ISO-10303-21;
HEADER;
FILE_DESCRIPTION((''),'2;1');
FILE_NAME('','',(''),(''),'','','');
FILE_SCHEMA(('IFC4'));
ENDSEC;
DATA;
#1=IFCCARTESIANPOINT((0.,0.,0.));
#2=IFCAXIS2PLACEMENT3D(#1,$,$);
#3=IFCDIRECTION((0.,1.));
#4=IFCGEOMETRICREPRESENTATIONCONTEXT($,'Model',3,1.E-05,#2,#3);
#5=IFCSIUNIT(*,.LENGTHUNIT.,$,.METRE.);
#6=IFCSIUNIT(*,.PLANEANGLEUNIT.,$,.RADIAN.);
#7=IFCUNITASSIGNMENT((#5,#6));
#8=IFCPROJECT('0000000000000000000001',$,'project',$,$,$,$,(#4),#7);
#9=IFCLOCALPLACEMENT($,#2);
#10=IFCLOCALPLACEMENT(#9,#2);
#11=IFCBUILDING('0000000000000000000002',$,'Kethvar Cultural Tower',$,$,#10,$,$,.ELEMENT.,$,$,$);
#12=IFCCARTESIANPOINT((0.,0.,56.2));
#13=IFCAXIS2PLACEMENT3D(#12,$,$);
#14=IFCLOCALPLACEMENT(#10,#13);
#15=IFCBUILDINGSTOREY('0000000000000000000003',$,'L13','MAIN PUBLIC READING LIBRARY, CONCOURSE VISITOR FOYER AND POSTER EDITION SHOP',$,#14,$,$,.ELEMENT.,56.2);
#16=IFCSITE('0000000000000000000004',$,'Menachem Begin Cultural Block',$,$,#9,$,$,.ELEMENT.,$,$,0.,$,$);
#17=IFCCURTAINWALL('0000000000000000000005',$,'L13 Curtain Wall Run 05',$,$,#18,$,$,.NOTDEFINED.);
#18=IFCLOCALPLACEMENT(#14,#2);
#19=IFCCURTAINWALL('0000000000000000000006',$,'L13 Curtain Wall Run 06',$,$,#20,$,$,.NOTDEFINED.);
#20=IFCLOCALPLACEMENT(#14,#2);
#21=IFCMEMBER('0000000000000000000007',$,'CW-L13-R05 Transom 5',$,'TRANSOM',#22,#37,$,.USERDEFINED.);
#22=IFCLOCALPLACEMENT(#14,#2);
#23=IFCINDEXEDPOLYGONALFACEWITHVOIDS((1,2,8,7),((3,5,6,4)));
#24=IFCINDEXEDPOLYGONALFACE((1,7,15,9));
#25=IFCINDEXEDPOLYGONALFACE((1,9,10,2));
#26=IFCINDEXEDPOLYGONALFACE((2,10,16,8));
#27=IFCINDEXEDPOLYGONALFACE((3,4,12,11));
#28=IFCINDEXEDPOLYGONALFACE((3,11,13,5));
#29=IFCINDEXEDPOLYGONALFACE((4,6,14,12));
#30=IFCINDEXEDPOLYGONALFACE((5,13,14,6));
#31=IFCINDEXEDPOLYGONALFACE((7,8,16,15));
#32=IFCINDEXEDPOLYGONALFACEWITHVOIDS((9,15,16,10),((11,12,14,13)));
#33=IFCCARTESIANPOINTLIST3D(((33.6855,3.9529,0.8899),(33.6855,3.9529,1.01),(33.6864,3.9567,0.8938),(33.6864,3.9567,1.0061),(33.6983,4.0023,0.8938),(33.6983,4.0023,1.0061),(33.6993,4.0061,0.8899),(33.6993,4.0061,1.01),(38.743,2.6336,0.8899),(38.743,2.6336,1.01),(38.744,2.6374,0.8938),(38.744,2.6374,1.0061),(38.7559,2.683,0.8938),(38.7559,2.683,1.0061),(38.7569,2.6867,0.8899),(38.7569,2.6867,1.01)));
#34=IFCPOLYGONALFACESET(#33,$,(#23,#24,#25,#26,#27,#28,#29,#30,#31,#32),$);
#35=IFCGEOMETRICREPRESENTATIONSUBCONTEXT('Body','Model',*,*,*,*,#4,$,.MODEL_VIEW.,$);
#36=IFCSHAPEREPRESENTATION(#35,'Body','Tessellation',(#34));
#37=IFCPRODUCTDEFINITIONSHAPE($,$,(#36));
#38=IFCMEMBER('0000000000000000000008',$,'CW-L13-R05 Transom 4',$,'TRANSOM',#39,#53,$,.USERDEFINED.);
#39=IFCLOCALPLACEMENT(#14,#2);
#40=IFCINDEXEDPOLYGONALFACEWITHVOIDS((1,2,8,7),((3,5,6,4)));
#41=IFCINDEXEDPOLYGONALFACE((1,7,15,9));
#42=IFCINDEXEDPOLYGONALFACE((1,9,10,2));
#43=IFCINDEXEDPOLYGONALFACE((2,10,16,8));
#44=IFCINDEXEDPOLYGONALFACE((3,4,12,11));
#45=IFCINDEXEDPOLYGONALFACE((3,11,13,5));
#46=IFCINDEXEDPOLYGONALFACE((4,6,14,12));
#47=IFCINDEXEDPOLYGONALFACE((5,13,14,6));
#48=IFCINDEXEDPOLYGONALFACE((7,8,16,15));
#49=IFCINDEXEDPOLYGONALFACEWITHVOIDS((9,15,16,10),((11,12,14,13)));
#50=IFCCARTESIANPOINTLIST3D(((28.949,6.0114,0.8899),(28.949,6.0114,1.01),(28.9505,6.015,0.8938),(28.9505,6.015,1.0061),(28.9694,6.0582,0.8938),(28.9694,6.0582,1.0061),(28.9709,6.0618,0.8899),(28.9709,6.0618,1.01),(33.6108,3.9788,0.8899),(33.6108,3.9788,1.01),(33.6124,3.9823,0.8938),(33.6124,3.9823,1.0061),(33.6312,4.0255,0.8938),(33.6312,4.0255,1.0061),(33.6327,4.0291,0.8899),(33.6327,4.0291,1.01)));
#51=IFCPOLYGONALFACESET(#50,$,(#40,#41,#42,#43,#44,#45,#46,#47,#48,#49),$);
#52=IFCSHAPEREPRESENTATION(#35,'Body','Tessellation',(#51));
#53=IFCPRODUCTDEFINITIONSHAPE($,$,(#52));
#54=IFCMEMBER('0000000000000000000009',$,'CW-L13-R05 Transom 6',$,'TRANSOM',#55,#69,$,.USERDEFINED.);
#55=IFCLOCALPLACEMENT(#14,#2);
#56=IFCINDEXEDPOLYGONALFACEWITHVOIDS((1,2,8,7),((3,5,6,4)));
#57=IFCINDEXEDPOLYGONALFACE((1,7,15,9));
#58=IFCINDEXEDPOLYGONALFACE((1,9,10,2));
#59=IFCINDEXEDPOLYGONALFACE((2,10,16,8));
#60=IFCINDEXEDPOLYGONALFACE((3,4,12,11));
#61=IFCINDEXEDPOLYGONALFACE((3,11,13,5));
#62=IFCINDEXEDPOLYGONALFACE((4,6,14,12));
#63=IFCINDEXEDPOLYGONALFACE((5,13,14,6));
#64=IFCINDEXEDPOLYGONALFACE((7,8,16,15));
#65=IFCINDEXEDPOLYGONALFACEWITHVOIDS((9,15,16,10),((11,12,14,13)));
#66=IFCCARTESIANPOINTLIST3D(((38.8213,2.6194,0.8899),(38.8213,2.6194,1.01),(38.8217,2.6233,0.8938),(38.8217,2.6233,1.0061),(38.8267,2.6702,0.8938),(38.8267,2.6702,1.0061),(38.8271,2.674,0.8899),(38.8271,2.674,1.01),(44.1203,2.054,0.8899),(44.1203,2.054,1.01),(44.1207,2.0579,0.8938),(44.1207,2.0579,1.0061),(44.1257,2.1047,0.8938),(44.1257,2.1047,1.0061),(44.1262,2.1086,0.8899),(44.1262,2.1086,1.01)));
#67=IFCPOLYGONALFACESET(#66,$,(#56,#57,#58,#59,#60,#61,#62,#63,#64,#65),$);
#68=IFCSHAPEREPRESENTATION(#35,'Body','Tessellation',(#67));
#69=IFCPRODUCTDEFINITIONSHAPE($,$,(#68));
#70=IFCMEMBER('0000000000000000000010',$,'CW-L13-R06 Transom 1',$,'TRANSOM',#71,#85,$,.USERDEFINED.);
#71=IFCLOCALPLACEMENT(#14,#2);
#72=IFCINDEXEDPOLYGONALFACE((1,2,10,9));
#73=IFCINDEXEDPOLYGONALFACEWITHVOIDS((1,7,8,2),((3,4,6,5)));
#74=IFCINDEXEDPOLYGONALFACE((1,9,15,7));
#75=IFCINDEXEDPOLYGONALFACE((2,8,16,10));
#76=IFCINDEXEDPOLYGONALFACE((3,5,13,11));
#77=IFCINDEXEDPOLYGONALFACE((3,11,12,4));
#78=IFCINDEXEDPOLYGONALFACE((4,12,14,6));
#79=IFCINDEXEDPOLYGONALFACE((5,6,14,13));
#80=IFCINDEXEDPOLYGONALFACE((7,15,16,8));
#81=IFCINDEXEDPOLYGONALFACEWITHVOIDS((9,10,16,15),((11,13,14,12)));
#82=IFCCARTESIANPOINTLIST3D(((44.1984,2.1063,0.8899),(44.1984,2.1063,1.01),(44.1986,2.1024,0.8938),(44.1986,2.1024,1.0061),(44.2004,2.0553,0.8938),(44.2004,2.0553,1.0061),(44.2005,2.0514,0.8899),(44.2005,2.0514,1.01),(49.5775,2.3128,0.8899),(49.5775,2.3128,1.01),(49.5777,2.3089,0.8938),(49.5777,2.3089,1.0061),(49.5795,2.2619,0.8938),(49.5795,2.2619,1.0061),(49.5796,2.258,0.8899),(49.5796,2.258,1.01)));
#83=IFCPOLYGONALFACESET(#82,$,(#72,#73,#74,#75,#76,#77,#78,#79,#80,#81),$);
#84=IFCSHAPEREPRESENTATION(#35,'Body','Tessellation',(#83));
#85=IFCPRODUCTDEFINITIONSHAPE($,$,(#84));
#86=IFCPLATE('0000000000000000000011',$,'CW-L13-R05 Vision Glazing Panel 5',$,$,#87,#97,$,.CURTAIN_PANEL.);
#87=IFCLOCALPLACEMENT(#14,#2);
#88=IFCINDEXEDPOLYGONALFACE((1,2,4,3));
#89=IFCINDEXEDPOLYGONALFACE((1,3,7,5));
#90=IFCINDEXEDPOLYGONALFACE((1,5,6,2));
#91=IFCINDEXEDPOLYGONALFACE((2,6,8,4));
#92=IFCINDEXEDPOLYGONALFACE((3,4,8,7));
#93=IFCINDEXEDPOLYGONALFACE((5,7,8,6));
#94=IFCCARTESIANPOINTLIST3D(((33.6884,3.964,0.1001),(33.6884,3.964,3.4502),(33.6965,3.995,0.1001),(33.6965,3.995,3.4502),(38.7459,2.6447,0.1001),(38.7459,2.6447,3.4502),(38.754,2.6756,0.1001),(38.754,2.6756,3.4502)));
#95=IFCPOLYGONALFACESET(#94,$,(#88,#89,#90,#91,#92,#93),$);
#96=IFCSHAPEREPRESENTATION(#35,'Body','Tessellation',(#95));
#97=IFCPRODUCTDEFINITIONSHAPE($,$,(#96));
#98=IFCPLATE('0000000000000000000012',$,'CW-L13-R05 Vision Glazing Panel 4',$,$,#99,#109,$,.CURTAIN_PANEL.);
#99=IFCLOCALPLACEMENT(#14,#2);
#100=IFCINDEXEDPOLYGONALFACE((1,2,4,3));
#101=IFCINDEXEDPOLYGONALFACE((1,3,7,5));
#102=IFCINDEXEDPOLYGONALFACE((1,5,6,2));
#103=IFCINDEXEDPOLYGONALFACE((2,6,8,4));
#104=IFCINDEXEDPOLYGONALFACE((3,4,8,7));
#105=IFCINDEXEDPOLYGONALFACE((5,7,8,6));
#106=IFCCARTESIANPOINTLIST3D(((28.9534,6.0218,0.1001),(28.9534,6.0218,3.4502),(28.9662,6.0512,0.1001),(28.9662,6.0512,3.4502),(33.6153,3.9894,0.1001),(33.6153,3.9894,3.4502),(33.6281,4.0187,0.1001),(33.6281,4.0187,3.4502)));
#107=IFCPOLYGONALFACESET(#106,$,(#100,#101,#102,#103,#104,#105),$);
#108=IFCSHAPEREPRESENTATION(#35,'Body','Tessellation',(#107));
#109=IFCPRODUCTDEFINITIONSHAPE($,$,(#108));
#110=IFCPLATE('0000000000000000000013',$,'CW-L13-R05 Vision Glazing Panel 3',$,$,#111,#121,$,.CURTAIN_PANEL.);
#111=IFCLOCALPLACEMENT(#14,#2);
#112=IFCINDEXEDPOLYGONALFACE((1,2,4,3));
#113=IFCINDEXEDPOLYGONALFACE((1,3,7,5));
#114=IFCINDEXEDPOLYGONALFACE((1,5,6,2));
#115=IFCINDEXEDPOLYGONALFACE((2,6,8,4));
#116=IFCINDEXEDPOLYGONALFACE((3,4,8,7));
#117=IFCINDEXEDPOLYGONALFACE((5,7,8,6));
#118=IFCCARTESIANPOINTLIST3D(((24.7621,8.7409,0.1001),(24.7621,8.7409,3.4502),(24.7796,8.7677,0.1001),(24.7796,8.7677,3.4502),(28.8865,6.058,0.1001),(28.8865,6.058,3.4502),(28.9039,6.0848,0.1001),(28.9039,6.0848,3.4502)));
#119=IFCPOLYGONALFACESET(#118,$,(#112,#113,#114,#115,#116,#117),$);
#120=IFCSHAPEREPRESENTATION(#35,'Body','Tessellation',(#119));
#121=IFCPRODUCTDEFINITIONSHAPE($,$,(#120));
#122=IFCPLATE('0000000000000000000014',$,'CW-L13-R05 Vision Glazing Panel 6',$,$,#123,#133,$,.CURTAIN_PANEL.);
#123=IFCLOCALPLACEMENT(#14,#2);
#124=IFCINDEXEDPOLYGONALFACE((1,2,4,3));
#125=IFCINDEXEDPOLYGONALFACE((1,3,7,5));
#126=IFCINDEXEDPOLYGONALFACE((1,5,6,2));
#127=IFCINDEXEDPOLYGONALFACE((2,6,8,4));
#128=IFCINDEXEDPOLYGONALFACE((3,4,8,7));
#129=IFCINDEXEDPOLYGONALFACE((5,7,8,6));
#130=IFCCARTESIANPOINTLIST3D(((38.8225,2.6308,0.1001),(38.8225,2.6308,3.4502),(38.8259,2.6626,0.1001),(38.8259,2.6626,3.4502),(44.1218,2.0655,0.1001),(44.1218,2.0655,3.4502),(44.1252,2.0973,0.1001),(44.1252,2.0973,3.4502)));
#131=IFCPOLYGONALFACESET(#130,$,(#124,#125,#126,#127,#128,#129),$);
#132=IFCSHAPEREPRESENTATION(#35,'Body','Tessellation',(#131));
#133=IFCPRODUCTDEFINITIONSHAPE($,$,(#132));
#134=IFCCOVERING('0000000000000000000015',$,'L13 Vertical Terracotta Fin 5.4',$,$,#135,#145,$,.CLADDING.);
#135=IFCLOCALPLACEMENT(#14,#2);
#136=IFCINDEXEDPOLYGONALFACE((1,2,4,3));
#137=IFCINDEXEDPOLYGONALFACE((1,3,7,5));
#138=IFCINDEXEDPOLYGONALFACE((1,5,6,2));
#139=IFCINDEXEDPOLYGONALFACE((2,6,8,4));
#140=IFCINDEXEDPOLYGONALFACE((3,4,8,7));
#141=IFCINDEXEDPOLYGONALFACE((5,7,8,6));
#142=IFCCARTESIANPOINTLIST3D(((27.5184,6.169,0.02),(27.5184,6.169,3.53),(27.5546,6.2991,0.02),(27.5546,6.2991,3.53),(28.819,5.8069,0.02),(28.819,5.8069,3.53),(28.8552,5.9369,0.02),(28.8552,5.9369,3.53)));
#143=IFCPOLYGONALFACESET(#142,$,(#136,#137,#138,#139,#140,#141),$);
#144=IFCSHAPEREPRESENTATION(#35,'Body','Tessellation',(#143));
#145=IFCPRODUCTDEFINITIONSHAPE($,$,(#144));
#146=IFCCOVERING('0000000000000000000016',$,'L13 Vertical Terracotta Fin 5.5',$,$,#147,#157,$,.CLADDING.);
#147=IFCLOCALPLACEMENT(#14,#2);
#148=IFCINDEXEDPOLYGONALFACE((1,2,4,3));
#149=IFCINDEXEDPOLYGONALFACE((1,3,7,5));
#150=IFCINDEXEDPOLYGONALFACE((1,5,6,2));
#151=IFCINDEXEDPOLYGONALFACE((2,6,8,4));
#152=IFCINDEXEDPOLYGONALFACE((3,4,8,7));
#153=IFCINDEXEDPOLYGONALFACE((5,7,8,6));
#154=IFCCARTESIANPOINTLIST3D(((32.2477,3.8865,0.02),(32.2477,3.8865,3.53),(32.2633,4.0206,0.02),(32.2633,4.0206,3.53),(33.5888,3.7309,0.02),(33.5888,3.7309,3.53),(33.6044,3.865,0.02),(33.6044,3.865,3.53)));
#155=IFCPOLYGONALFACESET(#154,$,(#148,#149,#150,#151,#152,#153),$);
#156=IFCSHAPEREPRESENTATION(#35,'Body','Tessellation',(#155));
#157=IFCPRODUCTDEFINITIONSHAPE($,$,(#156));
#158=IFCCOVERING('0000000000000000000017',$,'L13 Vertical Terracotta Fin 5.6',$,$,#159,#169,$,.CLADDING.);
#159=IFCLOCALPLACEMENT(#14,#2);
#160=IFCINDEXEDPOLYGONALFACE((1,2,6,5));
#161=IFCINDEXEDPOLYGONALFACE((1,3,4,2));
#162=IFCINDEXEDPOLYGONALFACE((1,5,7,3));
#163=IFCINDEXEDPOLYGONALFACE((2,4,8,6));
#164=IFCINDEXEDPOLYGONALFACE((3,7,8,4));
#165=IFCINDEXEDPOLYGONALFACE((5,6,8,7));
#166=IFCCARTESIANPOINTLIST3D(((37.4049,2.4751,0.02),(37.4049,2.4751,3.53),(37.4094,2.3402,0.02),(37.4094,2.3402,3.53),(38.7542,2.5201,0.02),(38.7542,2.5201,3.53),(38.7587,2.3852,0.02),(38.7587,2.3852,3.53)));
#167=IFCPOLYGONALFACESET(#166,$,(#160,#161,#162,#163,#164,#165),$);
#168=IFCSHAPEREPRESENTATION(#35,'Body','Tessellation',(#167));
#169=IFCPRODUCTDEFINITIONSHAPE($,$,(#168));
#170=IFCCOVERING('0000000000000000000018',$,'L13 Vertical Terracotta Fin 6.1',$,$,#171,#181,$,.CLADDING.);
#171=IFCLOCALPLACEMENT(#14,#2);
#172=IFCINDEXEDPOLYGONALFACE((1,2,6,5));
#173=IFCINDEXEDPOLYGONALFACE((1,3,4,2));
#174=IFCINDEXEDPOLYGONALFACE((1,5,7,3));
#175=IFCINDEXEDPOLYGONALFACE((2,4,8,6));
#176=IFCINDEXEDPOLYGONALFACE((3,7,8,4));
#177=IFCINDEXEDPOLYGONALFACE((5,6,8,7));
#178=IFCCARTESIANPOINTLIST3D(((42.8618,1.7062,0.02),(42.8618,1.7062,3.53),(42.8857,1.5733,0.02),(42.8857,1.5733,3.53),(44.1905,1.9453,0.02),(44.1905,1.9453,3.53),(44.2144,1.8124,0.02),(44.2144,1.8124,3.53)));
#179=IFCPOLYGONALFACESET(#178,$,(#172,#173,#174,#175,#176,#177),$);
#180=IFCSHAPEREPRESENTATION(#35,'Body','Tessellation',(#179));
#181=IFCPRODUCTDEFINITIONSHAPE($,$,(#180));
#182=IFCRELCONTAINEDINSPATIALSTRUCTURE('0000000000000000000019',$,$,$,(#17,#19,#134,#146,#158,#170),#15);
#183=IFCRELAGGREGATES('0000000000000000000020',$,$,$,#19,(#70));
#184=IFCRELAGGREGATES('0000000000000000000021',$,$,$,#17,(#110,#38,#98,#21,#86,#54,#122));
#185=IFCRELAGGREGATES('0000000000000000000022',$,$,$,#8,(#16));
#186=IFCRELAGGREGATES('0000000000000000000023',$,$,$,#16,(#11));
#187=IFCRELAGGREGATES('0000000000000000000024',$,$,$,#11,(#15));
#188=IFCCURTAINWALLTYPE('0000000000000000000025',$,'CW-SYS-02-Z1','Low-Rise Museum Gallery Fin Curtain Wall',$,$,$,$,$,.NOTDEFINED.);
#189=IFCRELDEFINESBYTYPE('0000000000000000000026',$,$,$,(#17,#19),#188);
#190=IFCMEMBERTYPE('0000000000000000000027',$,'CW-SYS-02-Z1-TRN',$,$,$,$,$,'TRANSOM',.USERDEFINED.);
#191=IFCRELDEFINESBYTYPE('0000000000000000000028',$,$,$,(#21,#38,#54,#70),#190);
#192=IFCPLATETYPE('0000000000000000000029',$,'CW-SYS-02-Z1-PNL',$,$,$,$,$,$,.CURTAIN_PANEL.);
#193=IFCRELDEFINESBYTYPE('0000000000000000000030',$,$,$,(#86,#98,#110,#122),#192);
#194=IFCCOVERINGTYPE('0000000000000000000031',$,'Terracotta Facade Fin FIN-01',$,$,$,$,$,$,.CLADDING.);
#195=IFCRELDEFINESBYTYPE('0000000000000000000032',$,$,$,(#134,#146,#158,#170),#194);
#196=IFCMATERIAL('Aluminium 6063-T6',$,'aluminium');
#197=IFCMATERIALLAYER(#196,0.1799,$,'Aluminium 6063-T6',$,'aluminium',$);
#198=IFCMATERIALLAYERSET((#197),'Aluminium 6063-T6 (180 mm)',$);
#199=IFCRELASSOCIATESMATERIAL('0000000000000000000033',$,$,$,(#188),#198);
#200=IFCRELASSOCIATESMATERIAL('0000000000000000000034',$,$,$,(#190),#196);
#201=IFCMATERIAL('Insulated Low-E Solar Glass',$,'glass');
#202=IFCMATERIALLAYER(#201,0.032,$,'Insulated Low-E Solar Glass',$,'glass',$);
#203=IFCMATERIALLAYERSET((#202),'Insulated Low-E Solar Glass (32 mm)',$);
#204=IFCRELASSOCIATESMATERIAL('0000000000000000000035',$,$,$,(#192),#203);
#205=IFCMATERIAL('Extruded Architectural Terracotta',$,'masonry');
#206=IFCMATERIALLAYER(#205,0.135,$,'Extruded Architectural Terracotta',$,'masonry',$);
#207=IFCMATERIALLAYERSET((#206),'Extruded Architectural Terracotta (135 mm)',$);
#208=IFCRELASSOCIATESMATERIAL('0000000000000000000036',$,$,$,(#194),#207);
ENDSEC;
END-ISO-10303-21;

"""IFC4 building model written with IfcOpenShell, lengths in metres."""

from ifc_helpers import new_model, si_unit, direction, frame, origin, origin_2d, place, context, subcontext, project, spatial, rectangle, hollow_rectangle, extrude, source, transform, mapped, material, layer, layer_set, material_profile, profile_set, type_object, element, aggregate, save


model = new_model("IFC4")

# Units and contexts
model_context = context("Model", 3, precision=1e-05, world=origin(), true_north=direction((0.0, 1.0)))
body_context = subcontext(model_context, "Body", "Model", "MODEL_VIEW")
ifc_project = project(units=[si_unit("LENGTHUNIT", "METRE"), si_unit("PLANEANGLEUNIT", "RADIAN")], contexts=[model_context])

# Site, building, storey
site_placement = place(None, origin())
site = spatial("IfcSite", under=ifc_project, at=site_placement, Name="Menachem Begin Cultural Block", CompositionType="ELEMENT", RefElevation=0.0)
building_placement = place(site_placement, origin())
building = spatial("IfcBuilding", under=site, at=building_placement, Name="Kethvar Cultural Tower", CompositionType="ELEMENT")
storey_placement = place(building_placement, frame((0.0, 0.0, 56.2)))
storey = spatial("IfcBuildingStorey", under=building, at=storey_placement, Name="L13", Description="MAIN PUBLIC READING LIBRARY, CONCOURSE VISITOR FOYER AND POSTER EDITION SHOP", CompositionType="ELEMENT", Elevation=56.2)

# Curtain wall
ifc_material_1 = material(Name="Aluminium 6063-T6", Category="aluminium")
ifc_layer_1 = layer(ifc_material_1, 0.1799, Name="Aluminium 6063-T6", Category="aluminium")
ifc_layer_set_1 = layer_set([ifc_layer_1], Name="Aluminium 6063-T6 (180 mm)")
curtain_wall_type = type_object("IfcCurtainWallType", Name="CW-SYS-02-Z1", Description="Low-Rise Museum Gallery Fin Curtain Wall", PredefinedType="NOTDEFINED", material=ifc_layer_set_1)
curtain_wall_1_placement = place(storey_placement, origin())
curtain_wall_1 = element("IfcCurtainWall", 1, at=curtain_wall_1_placement, inside=storey, type_object=curtain_wall_type, Name="L13 Curtain Wall Run 05", PredefinedType="NOTDEFINED")

# Curtain wall
curtain_wall_2_placement = place(storey_placement, origin())
curtain_wall_2 = element("IfcCurtainWall", 2, at=curtain_wall_2_placement, inside=storey, type_object=curtain_wall_type, Name="L13 Curtain Wall Run 06", PredefinedType="NOTDEFINED")

# Members
ifc_material_profile_1 = material_profile(ifc_material_1, hollow_rectangle(XDim=0.0549, YDim=0.1201, WallThickness=0.0039, at=origin_2d()), Name="Aluminium 6063-T6 — RHS120x55x4")
ifc_profile_set_1 = profile_set([ifc_material_profile_1], Name="Aluminium 6063-T6 — RHS120x55x4")
member_type_1 = type_object("IfcMemberType", Name="CW-SYS-02-Z1-TRN", ElementType="TRANSOM", PredefinedType="USERDEFINED", material=ifc_profile_set_1)
shared_shape_1 = source(origin(), body_context, "Body", "SweptSolid", [
    extrude(hollow_rectangle(XDim=0.0549, YDim=0.1201, WallThickness=0.0039, at=origin_2d()), origin(), (0.0, 0.0, 1.0), 5.2268),
])
member_1_placement = place(storey_placement, frame((33.6924, 3.9795, 0.95), z_axis=(0.967619, -0.252414, 0.0), x_axis=(0.252414, 0.967619, 0.0)))
member_1 = element("IfcMember", 3, at=member_1_placement, type_object=member_type_1, Name="CW-L13-R05 Transom 5", ObjectType="TRANSOM", PredefinedType="USERDEFINED", context=body_context, shape_type="MappedRepresentation", body=[
    mapped(shared_shape_1, transform((0.0, 0.0, 0.0), scale=1.0)),
])
shared_shape_2 = source(origin(), body_context, "Body", "SweptSolid", [
    extrude(hollow_rectangle(XDim=0.0549, YDim=0.1201, WallThickness=0.0039, at=origin_2d()), origin(), (0.0, 0.0, 1.0), 5.0857),
])
member_2_placement = place(storey_placement, frame((28.96, 6.0366, 0.95), z_axis=(0.916651, -0.399688, 0.0), x_axis=(0.399688, 0.916651, 0.0)))
member_2 = element("IfcMember", 4, at=member_2_placement, type_object=member_type_1, Name="CW-L13-R05 Transom 4", ObjectType="TRANSOM", PredefinedType="USERDEFINED", context=body_context, shape_type="MappedRepresentation", body=[
    mapped(shared_shape_2, transform((0.0, 0.0, 0.0), scale=1.0)),
])
shared_shape_3 = source(origin(), body_context, "Body", "SweptSolid", [
    extrude(hollow_rectangle(XDim=0.0549, YDim=0.1201, WallThickness=0.0039, at=origin_2d()), origin(), (0.0, 0.0, 1.0), 5.3291),
])
member_3_placement = place(storey_placement, frame((38.8242, 2.6467, 0.95), z_axis=(0.994355, -0.106101, 0.0), x_axis=(0.106101, 0.994355, 0.0)))
member_3 = element("IfcMember", 5, at=member_3_placement, type_object=member_type_1, Name="CW-L13-R05 Transom 6", ObjectType="TRANSOM", PredefinedType="USERDEFINED", context=body_context, shape_type="MappedRepresentation", body=[
    mapped(shared_shape_3, transform((0.0, 0.0, 0.0), scale=1.0)),
])
shared_shape_4 = source(origin(), body_context, "Body", "SweptSolid", [
    extrude(hollow_rectangle(XDim=0.0549, YDim=0.1201, WallThickness=0.0039, at=origin_2d()), origin(), (0.0, 0.0, 1.0), 5.3831),
])
member_4_placement = place(storey_placement, frame((44.1995, 2.0789, 0.95), z_axis=(0.999264, 0.038369, 0.0), x_axis=(-0.038369, 0.999264, 0.0)))
member_4 = element("IfcMember", 6, at=member_4_placement, type_object=member_type_1, Name="CW-L13-R06 Transom 1", ObjectType="TRANSOM", PredefinedType="USERDEFINED", context=body_context, shape_type="MappedRepresentation", body=[
    mapped(shared_shape_4, transform((0.0, 0.0, 0.0), scale=1.0)),
])
aggregate(curtain_wall_2, [member_4])

# Plates
ifc_material_2 = material(Name="Insulated Low-E Solar Glass", Category="glass")
ifc_layer_2 = layer(ifc_material_2, 0.032, Name="Insulated Low-E Solar Glass", Category="glass")
ifc_layer_set_2 = layer_set([ifc_layer_2], Name="Insulated Low-E Solar Glass (32 mm)")
plate_type = type_object("IfcPlateType", Name="CW-SYS-02-Z1-PNL", PredefinedType="CURTAIN_PANEL", material=ifc_layer_set_2)
shared_shape_5 = source(origin(), body_context, "Body", "SweptSolid", [
    extrude(rectangle(XDim=5.2268, YDim=0.032, at=origin_2d()), origin(), (0.0, 0.0, 1.0), 3.3501),
])
plate_1_placement = place(storey_placement, frame((36.2212, 3.3198, 0.1001), z_axis=(0.0, 0.0, 1.0), x_axis=(0.967617, -0.252424, 0.0)))
plate_1 = element("IfcPlate", 7, at=plate_1_placement, type_object=plate_type, Name="CW-L13-R05 Vision Glazing Panel 5", PredefinedType="CURTAIN_PANEL", context=body_context, shape_type="MappedRepresentation", body=[
    mapped(shared_shape_5, transform((0.0, 0.0, 0.0), scale=1.0)),
])
shared_shape_6 = source(origin(), body_context, "Body", "SweptSolid", [
    extrude(rectangle(XDim=5.0857, YDim=0.032, at=origin_2d()), origin(), (0.0, 0.0, 1.0), 3.3501),
])
plate_2_placement = place(storey_placement, frame((31.2908, 5.0203, 0.1001), z_axis=(0.0, 0.0, 1.0), x_axis=(0.91667, -0.399645, 0.0)))
plate_2 = element("IfcPlate", 8, at=plate_2_placement, type_object=plate_type, Name="CW-L13-R05 Vision Glazing Panel 4", PredefinedType="CURTAIN_PANEL", context=body_context, shape_type="MappedRepresentation", body=[
    mapped(shared_shape_6, transform((0.0, 0.0, 0.0), scale=1.0)),
])
shared_shape_7 = source(origin(), body_context, "Body", "SweptSolid", [
    extrude(rectangle(XDim=4.9202, YDim=0.032, at=origin_2d()), origin(), (0.0, 0.0, 1.0), 3.3501),
])
plate_3_placement = place(storey_placement, frame((26.833, 7.4128, 0.1001), z_axis=(0.0, 0.0, 1.0), x_axis=(0.838252, -0.545283, 0.0)))
plate_3 = element("IfcPlate", 9, at=plate_3_placement, type_object=plate_type, Name="CW-L13-R05 Vision Glazing Panel 3", PredefinedType="CURTAIN_PANEL", context=body_context, shape_type="MappedRepresentation", body=[
    mapped(shared_shape_7, transform((0.0, 0.0, 0.0), scale=1.0)),
])
shared_shape_8 = source(origin(), body_context, "Body", "SweptSolid", [
    extrude(rectangle(XDim=5.3293, YDim=0.032, at=origin_2d()), origin(), (0.0, 0.0, 1.0), 3.3501),
])
plate_4_placement = place(storey_placement, frame((41.4739, 2.364, 0.1001), z_axis=(0.0, 0.0, 1.0), x_axis=(0.994358, -0.106073, 0.0)))
plate_4 = element("IfcPlate", 10, at=plate_4_placement, type_object=plate_type, Name="CW-L13-R05 Vision Glazing Panel 6", PredefinedType="CURTAIN_PANEL", context=body_context, shape_type="MappedRepresentation", body=[
    mapped(shared_shape_8, transform((0.0, 0.0, 0.0), scale=1.0)),
])
aggregate(curtain_wall_1, [plate_3, member_2, plate_2, member_1, plate_1, member_3, plate_4])

# Coverings
ifc_material_3 = material(Name="Extruded Architectural Terracotta", Category="masonry")
ifc_layer_3 = layer(ifc_material_3, 0.135, Name="Extruded Architectural Terracotta", Category="masonry")
ifc_layer_set_3 = layer_set([ifc_layer_3], Name="Extruded Architectural Terracotta (135 mm)")
covering_type = type_object("IfcCoveringType", Name="Terracotta Facade Fin FIN-01", PredefinedType="CLADDING", material=ifc_layer_set_3)
shared_shape_9 = source(origin(), body_context, "Body", "SweptSolid", [
    extrude(rectangle(XDim=1.3501, YDim=0.135, at=origin_2d()), origin(), (0.0, 0.0, 1.0), 3.51),
])
for number, where, z_axis, x_axis, name in (
    (11, (28.1868, 6.053, 0.02), (0.0, 0.0, 1.0), (-0.96335, 0.268247, 0.0), "L13 Vertical Terracotta Fin 5.4"),
    (12, (32.926, 3.8757, 0.02), (0.0, 0.0, 1.0), (-0.993333, 0.115284, 0.0), "L13 Vertical Terracotta Fin 5.5"),
    (13, (38.0818, 2.4302, 0.02), (0.0, 0.0, 1.0), (-0.999444, -0.03333, 0.0), "L13 Vertical Terracotta Fin 5.6"),
    (14, (43.5381, 1.7593, 0.02), (0.0, 0.0, 1.0), (-0.984196, -0.177085, 0.0), "L13 Vertical Terracotta Fin 6.1"),
):
    element("IfcCovering", number, at=place(storey_placement, frame(where, z_axis=z_axis, x_axis=x_axis)), inside=storey, type_object=covering_type, Name=name, PredefinedType="CLADDING", context=body_context, shape_type="MappedRepresentation", body=[
        mapped(shared_shape_9, transform((0.0, 0.0, 0.0), scale=1.0)),
    ])

save(model, "model.ifc")
